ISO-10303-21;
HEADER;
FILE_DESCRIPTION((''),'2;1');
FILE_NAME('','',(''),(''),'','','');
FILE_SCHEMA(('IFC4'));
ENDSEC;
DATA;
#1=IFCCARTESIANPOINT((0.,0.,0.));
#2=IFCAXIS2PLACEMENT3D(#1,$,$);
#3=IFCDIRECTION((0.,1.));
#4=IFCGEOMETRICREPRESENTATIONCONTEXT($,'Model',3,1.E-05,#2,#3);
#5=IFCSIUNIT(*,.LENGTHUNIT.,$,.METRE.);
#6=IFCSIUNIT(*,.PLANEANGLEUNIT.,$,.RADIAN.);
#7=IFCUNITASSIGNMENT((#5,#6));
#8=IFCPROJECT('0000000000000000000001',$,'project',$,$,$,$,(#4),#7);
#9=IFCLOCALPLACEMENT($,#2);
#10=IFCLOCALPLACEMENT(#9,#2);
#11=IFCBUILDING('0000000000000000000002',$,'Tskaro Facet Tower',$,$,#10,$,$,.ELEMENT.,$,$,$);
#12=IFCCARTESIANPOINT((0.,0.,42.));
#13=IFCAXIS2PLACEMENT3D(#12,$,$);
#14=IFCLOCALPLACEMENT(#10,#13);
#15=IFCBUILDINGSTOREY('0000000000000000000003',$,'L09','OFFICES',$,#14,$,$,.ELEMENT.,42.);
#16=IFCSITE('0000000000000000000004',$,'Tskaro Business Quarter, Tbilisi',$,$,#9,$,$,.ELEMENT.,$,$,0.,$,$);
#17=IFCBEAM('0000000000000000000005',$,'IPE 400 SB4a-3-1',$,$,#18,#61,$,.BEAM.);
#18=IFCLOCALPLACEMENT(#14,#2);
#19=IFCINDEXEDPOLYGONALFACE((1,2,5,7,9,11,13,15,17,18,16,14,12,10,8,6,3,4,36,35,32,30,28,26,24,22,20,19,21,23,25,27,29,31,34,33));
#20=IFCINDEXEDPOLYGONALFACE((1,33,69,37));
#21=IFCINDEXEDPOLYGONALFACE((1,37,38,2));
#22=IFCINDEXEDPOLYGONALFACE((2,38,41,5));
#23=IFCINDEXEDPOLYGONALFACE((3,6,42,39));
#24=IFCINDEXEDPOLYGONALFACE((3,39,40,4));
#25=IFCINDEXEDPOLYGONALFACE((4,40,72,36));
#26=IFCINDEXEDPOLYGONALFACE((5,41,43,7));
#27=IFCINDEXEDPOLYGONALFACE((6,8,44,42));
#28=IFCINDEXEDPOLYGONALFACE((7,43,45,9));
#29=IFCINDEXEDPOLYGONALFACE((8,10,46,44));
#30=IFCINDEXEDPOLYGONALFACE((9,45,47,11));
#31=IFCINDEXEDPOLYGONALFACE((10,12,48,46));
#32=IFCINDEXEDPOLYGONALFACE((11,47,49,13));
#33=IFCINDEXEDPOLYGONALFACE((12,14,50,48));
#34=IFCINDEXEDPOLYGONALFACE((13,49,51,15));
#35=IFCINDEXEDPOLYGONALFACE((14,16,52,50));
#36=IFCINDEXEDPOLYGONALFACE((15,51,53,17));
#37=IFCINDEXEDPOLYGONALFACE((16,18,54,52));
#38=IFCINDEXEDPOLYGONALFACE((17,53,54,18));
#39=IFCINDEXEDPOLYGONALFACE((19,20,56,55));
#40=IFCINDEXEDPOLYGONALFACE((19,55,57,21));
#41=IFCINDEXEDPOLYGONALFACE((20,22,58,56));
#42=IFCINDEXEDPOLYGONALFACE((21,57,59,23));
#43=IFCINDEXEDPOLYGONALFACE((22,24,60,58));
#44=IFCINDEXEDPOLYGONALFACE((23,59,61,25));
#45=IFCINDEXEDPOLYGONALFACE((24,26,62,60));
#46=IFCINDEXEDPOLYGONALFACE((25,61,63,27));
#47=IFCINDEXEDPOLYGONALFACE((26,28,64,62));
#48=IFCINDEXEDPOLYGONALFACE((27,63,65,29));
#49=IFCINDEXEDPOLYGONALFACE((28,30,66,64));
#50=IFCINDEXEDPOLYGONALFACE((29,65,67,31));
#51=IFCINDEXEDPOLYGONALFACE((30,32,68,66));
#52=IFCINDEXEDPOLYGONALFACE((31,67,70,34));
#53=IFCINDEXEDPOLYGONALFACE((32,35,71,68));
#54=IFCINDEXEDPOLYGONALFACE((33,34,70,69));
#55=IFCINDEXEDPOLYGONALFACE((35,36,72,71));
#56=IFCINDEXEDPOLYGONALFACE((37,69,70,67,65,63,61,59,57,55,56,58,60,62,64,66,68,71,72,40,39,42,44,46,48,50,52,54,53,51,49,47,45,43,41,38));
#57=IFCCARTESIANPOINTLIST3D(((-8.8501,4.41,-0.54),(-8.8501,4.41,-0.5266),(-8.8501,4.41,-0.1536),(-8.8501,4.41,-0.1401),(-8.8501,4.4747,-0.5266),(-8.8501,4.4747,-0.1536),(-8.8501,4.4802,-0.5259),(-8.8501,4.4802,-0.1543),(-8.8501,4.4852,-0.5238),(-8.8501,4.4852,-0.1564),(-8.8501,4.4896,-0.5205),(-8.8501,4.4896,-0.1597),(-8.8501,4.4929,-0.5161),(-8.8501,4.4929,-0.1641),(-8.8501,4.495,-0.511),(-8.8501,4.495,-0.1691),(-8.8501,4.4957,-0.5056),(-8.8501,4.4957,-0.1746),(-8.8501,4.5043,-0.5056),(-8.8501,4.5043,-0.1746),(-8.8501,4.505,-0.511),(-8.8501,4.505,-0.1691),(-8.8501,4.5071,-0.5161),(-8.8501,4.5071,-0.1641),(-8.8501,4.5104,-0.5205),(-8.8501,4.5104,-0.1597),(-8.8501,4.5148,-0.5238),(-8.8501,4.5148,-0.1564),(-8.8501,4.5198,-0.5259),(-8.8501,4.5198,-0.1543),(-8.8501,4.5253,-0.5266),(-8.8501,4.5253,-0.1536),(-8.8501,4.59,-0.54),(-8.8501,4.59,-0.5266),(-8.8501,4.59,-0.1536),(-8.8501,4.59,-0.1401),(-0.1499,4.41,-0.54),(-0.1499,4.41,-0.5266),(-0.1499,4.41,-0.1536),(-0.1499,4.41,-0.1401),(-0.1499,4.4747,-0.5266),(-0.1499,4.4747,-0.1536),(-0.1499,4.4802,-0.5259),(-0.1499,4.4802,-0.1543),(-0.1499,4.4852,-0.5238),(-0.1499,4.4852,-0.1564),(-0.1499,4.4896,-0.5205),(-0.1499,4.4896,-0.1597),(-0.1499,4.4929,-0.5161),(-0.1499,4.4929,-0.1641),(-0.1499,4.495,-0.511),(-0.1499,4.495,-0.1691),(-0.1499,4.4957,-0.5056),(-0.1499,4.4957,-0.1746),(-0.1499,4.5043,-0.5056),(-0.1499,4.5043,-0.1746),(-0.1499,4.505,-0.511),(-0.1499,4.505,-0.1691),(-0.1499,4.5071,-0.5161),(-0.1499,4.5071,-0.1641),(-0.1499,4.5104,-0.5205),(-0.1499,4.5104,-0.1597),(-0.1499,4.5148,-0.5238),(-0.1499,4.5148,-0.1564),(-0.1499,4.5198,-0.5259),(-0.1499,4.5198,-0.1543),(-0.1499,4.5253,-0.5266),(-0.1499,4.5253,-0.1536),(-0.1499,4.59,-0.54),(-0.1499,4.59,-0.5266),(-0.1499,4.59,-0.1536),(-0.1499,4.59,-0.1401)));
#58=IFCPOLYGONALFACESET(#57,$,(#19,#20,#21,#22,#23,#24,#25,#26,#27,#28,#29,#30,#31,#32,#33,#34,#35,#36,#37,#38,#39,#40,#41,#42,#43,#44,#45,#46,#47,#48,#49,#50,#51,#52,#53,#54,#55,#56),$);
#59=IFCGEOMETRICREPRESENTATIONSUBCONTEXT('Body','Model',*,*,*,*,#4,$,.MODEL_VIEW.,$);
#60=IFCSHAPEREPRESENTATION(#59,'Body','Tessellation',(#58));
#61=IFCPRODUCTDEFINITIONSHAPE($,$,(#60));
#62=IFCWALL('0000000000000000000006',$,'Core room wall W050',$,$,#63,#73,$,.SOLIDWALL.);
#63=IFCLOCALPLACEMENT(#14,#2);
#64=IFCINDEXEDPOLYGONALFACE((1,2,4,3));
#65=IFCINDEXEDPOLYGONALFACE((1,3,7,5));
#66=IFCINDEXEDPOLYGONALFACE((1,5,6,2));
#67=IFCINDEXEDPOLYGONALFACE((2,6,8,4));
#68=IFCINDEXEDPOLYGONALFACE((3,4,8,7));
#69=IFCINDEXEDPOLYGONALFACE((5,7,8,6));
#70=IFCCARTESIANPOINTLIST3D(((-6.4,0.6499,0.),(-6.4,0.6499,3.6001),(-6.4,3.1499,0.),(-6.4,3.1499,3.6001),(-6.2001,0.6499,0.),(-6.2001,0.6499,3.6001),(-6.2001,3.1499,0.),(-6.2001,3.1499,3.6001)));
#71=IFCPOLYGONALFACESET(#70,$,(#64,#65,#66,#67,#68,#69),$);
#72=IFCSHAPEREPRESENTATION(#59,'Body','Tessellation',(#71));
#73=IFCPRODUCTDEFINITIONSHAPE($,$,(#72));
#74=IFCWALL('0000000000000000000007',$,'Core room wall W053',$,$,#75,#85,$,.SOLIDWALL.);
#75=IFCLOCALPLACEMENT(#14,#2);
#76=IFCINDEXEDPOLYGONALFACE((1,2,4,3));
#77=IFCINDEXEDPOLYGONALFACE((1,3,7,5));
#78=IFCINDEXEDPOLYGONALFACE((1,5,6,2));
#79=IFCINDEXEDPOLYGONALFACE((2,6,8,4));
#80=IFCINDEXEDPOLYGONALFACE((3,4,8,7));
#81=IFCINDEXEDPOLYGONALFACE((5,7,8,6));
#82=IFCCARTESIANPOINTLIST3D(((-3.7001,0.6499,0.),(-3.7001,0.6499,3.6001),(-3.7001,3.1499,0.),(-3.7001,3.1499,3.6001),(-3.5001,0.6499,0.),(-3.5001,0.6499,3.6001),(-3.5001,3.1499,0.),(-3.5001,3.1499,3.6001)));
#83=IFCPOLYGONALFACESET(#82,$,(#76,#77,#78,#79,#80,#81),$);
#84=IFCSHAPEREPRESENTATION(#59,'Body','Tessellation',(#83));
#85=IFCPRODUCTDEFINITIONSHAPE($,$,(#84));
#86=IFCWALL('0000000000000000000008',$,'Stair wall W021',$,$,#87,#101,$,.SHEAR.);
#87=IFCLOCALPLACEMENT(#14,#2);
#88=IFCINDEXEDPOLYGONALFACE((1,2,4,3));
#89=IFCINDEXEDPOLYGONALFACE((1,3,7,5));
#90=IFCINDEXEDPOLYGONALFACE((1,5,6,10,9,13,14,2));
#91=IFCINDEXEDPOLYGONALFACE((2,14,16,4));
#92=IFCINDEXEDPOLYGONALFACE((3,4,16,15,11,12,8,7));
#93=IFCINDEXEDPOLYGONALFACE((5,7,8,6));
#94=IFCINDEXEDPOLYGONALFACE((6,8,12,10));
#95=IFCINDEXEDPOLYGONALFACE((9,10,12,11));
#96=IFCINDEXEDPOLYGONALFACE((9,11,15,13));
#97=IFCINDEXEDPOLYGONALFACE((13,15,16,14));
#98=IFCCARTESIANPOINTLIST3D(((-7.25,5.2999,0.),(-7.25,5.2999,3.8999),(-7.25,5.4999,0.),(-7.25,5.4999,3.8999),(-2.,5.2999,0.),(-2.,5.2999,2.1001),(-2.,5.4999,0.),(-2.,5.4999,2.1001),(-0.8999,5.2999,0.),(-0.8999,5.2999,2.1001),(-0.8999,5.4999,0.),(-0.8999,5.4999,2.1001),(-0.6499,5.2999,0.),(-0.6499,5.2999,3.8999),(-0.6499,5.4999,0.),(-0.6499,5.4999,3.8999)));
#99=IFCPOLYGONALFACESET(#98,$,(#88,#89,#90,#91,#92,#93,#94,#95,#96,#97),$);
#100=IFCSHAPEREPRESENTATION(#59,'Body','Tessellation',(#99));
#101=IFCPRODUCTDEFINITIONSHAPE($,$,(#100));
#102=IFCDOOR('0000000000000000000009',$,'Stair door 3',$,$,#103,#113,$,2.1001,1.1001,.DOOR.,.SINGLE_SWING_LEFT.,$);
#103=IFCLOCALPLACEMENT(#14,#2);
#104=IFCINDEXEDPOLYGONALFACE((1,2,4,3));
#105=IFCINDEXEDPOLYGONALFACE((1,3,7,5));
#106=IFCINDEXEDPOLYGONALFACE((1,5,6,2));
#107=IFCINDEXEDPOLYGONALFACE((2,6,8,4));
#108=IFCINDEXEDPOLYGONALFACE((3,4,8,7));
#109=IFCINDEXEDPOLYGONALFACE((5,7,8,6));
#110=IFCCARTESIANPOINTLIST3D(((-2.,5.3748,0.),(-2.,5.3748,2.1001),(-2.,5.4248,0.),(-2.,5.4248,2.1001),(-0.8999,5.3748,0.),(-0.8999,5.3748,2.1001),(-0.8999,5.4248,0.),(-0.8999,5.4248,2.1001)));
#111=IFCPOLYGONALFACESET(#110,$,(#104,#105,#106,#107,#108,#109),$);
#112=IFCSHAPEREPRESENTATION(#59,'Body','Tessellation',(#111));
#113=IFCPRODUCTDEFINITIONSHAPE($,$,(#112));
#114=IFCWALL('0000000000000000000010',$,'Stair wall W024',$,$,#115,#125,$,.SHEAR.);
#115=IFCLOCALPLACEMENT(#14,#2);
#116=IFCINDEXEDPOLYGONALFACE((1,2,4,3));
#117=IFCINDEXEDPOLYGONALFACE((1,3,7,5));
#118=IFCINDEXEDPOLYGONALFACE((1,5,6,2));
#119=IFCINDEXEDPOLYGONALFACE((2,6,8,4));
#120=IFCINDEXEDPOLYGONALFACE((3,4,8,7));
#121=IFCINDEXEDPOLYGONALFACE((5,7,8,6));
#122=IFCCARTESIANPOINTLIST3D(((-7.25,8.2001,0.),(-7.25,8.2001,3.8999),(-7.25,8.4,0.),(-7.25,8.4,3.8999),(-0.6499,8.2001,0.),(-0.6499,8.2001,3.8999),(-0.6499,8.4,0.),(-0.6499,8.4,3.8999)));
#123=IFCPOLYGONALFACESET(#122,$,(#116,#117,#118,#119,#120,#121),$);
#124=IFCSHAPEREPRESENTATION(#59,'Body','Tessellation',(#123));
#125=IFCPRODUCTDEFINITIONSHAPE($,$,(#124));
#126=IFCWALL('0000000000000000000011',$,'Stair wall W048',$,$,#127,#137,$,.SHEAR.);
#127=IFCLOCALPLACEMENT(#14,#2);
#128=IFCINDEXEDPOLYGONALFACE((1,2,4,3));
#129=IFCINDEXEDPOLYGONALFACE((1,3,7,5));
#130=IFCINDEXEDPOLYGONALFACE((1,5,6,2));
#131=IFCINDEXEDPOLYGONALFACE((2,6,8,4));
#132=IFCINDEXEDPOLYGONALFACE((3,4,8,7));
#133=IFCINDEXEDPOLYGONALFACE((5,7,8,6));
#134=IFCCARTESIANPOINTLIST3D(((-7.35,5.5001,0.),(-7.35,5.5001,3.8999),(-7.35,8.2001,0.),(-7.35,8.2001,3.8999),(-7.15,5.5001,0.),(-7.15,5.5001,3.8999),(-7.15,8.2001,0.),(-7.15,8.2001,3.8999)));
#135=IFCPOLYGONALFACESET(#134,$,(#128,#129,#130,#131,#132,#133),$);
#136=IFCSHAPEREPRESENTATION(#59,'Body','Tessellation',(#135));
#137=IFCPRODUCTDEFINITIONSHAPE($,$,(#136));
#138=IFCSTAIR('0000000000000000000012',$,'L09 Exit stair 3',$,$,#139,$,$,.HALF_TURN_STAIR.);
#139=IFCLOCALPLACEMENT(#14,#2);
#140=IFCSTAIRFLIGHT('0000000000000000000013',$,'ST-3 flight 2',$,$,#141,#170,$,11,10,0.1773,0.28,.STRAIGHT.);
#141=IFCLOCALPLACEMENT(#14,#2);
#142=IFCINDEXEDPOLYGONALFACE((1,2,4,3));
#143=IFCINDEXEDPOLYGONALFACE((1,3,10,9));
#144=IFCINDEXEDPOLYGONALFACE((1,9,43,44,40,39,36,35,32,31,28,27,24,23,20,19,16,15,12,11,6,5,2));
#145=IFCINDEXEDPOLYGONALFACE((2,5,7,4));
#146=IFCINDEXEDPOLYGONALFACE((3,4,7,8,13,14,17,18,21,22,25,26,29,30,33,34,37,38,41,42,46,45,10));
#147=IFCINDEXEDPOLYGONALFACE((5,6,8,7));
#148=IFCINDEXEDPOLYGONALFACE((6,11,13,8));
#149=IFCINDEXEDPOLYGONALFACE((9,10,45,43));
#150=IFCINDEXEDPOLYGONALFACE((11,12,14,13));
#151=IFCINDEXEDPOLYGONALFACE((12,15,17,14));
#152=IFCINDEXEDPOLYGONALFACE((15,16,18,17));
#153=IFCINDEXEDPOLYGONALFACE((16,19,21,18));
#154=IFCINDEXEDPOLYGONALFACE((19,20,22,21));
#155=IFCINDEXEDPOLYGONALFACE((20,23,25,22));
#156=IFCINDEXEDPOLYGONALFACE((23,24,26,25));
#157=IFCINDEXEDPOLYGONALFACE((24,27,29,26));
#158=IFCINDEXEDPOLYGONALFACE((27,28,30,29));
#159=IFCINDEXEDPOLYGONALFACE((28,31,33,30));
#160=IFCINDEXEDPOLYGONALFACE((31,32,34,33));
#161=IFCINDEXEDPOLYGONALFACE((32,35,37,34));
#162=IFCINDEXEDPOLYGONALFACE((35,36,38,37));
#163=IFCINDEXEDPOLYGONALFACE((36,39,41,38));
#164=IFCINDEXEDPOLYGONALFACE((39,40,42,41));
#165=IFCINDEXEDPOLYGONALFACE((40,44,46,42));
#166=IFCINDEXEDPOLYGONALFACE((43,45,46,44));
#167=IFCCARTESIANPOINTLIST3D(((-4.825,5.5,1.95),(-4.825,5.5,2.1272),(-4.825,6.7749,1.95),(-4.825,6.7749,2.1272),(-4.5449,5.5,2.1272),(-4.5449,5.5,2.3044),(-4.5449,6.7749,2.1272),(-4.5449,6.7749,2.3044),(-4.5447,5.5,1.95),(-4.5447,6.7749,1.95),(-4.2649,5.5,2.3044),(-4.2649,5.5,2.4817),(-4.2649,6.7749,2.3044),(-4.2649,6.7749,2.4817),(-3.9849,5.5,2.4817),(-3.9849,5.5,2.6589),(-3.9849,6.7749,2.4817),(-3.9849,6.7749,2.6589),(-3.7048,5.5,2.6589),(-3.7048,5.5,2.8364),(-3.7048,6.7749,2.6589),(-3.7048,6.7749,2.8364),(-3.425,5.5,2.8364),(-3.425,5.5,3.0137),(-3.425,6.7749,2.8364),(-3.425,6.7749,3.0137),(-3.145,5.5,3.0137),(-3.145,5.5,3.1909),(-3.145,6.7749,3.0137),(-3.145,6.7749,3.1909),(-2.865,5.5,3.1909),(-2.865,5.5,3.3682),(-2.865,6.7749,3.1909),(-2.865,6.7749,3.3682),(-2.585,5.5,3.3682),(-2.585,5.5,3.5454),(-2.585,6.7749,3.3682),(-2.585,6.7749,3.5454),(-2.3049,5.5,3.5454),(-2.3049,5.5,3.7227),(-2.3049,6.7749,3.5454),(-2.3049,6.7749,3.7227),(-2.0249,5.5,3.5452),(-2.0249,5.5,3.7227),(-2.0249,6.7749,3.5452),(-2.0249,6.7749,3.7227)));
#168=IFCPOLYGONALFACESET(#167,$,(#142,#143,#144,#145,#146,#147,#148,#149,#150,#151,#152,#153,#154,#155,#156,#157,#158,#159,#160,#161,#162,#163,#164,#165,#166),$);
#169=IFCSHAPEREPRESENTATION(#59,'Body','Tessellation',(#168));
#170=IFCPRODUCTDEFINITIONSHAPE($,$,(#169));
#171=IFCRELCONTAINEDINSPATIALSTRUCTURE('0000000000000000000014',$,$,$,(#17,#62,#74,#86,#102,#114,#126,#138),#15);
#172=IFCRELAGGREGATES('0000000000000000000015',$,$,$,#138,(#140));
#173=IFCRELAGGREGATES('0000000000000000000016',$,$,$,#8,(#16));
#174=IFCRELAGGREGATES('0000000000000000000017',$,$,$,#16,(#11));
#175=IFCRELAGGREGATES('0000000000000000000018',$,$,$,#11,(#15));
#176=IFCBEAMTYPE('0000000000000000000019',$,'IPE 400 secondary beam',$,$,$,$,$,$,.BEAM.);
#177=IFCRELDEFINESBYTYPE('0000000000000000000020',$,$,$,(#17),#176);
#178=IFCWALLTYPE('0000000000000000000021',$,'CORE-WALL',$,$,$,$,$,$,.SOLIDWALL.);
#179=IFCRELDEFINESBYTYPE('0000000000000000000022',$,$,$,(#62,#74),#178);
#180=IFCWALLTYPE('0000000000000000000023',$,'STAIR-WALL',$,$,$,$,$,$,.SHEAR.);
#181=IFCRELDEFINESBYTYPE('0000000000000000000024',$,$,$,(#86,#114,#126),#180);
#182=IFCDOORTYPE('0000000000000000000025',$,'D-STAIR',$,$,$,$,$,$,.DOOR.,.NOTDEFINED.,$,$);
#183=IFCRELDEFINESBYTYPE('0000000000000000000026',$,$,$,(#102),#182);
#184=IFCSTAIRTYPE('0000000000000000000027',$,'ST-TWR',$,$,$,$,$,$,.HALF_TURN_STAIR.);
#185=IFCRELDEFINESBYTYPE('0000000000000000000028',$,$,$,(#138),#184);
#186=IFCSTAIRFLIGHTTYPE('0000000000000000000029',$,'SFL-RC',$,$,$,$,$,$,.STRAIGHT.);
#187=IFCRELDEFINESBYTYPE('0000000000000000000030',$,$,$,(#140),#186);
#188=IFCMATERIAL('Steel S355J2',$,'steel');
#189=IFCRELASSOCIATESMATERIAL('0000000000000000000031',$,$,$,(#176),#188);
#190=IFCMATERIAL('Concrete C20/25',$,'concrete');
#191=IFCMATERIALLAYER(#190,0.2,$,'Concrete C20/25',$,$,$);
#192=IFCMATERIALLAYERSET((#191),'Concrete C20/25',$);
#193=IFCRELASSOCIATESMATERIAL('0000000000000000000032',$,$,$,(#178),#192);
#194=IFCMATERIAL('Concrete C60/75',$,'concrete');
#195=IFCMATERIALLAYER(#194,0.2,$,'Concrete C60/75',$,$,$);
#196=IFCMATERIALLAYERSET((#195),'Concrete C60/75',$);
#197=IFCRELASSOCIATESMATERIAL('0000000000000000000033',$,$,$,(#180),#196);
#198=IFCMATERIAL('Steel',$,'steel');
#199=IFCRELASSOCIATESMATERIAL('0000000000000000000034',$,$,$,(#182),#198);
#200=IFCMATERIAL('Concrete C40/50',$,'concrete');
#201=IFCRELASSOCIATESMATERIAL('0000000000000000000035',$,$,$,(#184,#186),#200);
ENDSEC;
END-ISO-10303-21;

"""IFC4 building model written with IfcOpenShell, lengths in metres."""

from ifc_helpers import new_model, si_unit, direction, frame, frame_2d, origin, origin_2d, place, context, subcontext, project, spatial, polyline, rectangle, i_section, outline, extrude, material, layer, layer_set, material_profile, profile_set, type_object, element, fill, aggregate, save


model = new_model("IFC4")

# Units and contexts
model_context = context("Model", 3, precision=1e-05, world=origin(), true_north=direction((0.0, 1.0)))
body_context = subcontext(model_context, "Body", "Model", "MODEL_VIEW")
ifc_project = project(units=[si_unit("LENGTHUNIT", "METRE"), si_unit("PLANEANGLEUNIT", "RADIAN")], contexts=[model_context])

# Site, building, storey
site_placement = place(None, origin())
site = spatial("IfcSite", under=ifc_project, at=site_placement, Name="Tskaro Business Quarter, Tbilisi", CompositionType="ELEMENT", RefElevation=0.0)
building_placement = place(site_placement, origin())
building = spatial("IfcBuilding", under=site, at=building_placement, Name="Tskaro Facet Tower", CompositionType="ELEMENT")
storey_placement = place(building_placement, frame((0.0, 0.0, 42.0)))
storey = spatial("IfcBuildingStorey", under=building, at=storey_placement, Name="L09", Description="OFFICES", CompositionType="ELEMENT", Elevation=42.0)

# Beam
ifc_material_1 = material(Name="Steel S355J2", Category="steel")
ifc_material_profile_1 = material_profile(ifc_material_1, i_section(OverallWidth=0.1799, OverallDepth=0.3999, WebThickness=0.0085, FlangeThickness=0.0134, FilletRadius=0.021, at=origin_2d()), Name="IPE 400")
ifc_profile_set_1 = profile_set([ifc_material_profile_1], Name="Steel S355J2")
beam_type_1 = type_object("IfcBeamType", Name="IPE 400 secondary beam", PredefinedType="BEAM", material=ifc_profile_set_1)
beam_1_placement = place(storey_placement, frame((-8.8501, 4.5, -0.3401), z_axis=(1.0, 0.0, 0.0), x_axis=(0.0, 1.0, 0.0)))
element("IfcBeam", 1, at=beam_1_placement, inside=storey, type_object=beam_type_1, Name="IPE 400 SB4a-3-1", PredefinedType="BEAM", context=body_context, shape_type="SweptSolid", body=[
    extrude(i_section(OverallWidth=0.1799, OverallDepth=0.3999, WebThickness=0.0085, FlangeThickness=0.0134, FilletRadius=0.021, at=origin_2d()), origin(), (0.0, 0.0, 1.0), 8.7002),
])

# Walls
ifc_material_2 = material(Name="Concrete C20/25", Category="concrete")
ifc_layer_1 = layer(ifc_material_2, 0.2, Name="Concrete C20/25")
ifc_layer_set_1 = layer_set([ifc_layer_1], Name="Concrete C20/25")
wall_type_1 = type_object("IfcWallType", Name="CORE-WALL", PredefinedType="SOLIDWALL", material=ifc_layer_set_1)
for number, where, z_axis, x_axis, name in (
    (2, (-6.3, 0.6499, 0.0), (0.0, 0.0, 1.0), (0.0, 1.0, 0.0), "Core room wall W050"),
    (3, (-3.6001, 0.6499, 0.0), (0.0, 0.0, 1.0), (0.0, 1.0, 0.0), "Core room wall W053"),
):
    element("IfcWall", number, at=place(storey_placement, frame(where, z_axis=z_axis, x_axis=x_axis)), inside=storey, type_object=wall_type_1, Name=name, PredefinedType="SOLIDWALL", context=body_context, shape_type="SweptSolid", body=[
        extrude(rectangle(XDim=2.5, YDim=0.2, at=frame_2d((1.25, 0.0))), origin(), (0.0, 0.0, 1.0), 3.6001),
    ])

# Wall, opening, door
ifc_material_3 = material(Name="Concrete C60/75", Category="concrete")
ifc_layer_2 = layer(ifc_material_3, 0.2, Name="Concrete C60/75")
ifc_layer_set_2 = layer_set([ifc_layer_2], Name="Concrete C60/75")
wall_type_2 = type_object("IfcWallType", Name="STAIR-WALL", PredefinedType="SHEAR", material=ifc_layer_set_2)
wall_1_placement = place(storey_placement, frame((-7.25, 5.3999, 0.0), z_axis=(0.0, 0.0, 1.0), x_axis=(1.0, 0.0, 0.0)))
wall_1 = element("IfcWall", 4, at=wall_1_placement, inside=storey, type_object=wall_type_2, Name="Stair wall W021", PredefinedType="SHEAR", context=body_context, shape_type="SweptSolid", body=[
    extrude(rectangle(XDim=6.6001, YDim=0.2, at=frame_2d((3.3, 0.0))), origin(), (0.0, 0.0, 1.0), 3.8999),
])
opening_placement = place(wall_1_placement, frame((5.25, 0.0, 0.0)))
opening = element("IfcOpeningElement", 5, at=opening_placement, cuts=wall_1, PredefinedType="OPENING", context=body_context, shape_type="SweptSolid", body=[
    extrude(rectangle(XDim=1.1001, YDim=2.1001, at=frame_2d((0.55, 1.05))), frame((0.0, 0.1099, 0.0), z_axis=(0.0, -1.0, 0.0), x_axis=(1.0, 0.0, 0.0)), (0.0, 0.0, 1.0), 0.22),
])
ifc_material_4 = material(Name="Steel", Category="steel")
door_type = type_object("IfcDoorType", Name="D-STAIR", OperationType="NOTDEFINED", PredefinedType="DOOR", material=ifc_material_4)
door_placement = place(opening_placement, origin())
door = element("IfcDoor", 6, at=door_placement, inside=storey, type_object=door_type, Name="Stair door 3", OperationType="SINGLE_SWING_LEFT", OverallHeight=2.1001, OverallWidth=1.1001, PredefinedType="DOOR", context=body_context, shape_type="SweptSolid", body=[
    extrude(rectangle(XDim=1.1001, YDim=2.1001, at=frame_2d((0.55, 1.05))), frame((0.0, 0.0249, 0.0), z_axis=(0.0, -1.0, 0.0), x_axis=(1.0, 0.0, 0.0)), (0.0, 0.0, 1.0), 0.05),
])
fill(opening, door)

# Walls
wall_2_placement = place(storey_placement, frame((-7.25, 8.3, 0.0), z_axis=(0.0, 0.0, 1.0), x_axis=(1.0, 0.0, 0.0)))
element("IfcWall", 7, at=wall_2_placement, inside=storey, type_object=wall_type_2, Name="Stair wall W024", PredefinedType="SHEAR", context=body_context, shape_type="SweptSolid", body=[
    extrude(rectangle(XDim=6.6001, YDim=0.2, at=frame_2d((3.3, 0.0))), origin(), (0.0, 0.0, 1.0), 3.8999),
])
wall_3_placement = place(storey_placement, frame((-7.25, 5.5, 0.0), z_axis=(0.0, 0.0, 1.0), x_axis=(0.0, 1.0, 0.0)))
element("IfcWall", 8, at=wall_3_placement, inside=storey, type_object=wall_type_2, Name="Stair wall W048", PredefinedType="SHEAR", context=body_context, shape_type="SweptSolid", body=[
    extrude(rectangle(XDim=2.7, YDim=0.2, at=frame_2d((1.3501, 0.0))), origin(), (0.0, 0.0, 1.0), 3.8999),
])

# Stair, stair flight
ifc_material_5 = material(Name="Concrete C40/50", Category="concrete")
stair_type = type_object("IfcStairType", Name="ST-TWR", PredefinedType="HALF_TURN_STAIR", material=ifc_material_5)
stair_placement = place(storey_placement, origin())
stair = element("IfcStair", 9, at=stair_placement, inside=storey, type_object=stair_type, Name="L09 Exit stair 3", PredefinedType="HALF_TURN_STAIR")
stair_flight_type = type_object("IfcStairFlightType", Name="SFL-RC", PredefinedType="STRAIGHT", material=ifc_material_5)
stair_flight_placement = place(storey_placement, frame((-4.825, 6.1375, 1.95), z_axis=(0.0, 0.0, 1.0), x_axis=(1.0, 0.0, 0.0)))
stair_flight = element("IfcStairFlight", 10, at=stair_flight_placement, type_object=stair_flight_type, Name="ST-3 flight 2", NumberOfRisers=11, NumberOfTreads=10, PredefinedType="STRAIGHT", RiserHeight=0.1773, TreadLength=0.28, context=body_context, shape_type="SweptSolid", body=[
    extrude(outline(polyline([(0.0, 0.0), (0.0, 0.1772), (0.28, 0.1772), (0.28, 0.3545), (0.5601, 0.3545), (0.5601, 0.5317), (0.8401, 0.5317), (0.8401, 0.709), (1.1201, 0.709), (1.1201, 0.8865), (1.3999, 0.8865), (1.3999, 1.0637), (1.6799, 1.0637), (1.6799, 1.241), (1.96, 1.241), (1.96, 1.4182), (2.24, 1.4182), (2.24, 1.5955), (2.52, 1.5955), (2.52, 1.7727), (2.8, 1.7727), (2.8, 1.95), (2.8, 1.5952), (0.2803, 0.0), (0.0, 0.0)])), frame((0.0, 0.6375, 0.0), z_axis=(0.0, -1.0, 0.0), x_axis=(1.0, 0.0, 0.0)), (0.0, 0.0, 1.0), 1.2749),
])
aggregate(stair, [stair_flight])

save(model, "model.ifc")
